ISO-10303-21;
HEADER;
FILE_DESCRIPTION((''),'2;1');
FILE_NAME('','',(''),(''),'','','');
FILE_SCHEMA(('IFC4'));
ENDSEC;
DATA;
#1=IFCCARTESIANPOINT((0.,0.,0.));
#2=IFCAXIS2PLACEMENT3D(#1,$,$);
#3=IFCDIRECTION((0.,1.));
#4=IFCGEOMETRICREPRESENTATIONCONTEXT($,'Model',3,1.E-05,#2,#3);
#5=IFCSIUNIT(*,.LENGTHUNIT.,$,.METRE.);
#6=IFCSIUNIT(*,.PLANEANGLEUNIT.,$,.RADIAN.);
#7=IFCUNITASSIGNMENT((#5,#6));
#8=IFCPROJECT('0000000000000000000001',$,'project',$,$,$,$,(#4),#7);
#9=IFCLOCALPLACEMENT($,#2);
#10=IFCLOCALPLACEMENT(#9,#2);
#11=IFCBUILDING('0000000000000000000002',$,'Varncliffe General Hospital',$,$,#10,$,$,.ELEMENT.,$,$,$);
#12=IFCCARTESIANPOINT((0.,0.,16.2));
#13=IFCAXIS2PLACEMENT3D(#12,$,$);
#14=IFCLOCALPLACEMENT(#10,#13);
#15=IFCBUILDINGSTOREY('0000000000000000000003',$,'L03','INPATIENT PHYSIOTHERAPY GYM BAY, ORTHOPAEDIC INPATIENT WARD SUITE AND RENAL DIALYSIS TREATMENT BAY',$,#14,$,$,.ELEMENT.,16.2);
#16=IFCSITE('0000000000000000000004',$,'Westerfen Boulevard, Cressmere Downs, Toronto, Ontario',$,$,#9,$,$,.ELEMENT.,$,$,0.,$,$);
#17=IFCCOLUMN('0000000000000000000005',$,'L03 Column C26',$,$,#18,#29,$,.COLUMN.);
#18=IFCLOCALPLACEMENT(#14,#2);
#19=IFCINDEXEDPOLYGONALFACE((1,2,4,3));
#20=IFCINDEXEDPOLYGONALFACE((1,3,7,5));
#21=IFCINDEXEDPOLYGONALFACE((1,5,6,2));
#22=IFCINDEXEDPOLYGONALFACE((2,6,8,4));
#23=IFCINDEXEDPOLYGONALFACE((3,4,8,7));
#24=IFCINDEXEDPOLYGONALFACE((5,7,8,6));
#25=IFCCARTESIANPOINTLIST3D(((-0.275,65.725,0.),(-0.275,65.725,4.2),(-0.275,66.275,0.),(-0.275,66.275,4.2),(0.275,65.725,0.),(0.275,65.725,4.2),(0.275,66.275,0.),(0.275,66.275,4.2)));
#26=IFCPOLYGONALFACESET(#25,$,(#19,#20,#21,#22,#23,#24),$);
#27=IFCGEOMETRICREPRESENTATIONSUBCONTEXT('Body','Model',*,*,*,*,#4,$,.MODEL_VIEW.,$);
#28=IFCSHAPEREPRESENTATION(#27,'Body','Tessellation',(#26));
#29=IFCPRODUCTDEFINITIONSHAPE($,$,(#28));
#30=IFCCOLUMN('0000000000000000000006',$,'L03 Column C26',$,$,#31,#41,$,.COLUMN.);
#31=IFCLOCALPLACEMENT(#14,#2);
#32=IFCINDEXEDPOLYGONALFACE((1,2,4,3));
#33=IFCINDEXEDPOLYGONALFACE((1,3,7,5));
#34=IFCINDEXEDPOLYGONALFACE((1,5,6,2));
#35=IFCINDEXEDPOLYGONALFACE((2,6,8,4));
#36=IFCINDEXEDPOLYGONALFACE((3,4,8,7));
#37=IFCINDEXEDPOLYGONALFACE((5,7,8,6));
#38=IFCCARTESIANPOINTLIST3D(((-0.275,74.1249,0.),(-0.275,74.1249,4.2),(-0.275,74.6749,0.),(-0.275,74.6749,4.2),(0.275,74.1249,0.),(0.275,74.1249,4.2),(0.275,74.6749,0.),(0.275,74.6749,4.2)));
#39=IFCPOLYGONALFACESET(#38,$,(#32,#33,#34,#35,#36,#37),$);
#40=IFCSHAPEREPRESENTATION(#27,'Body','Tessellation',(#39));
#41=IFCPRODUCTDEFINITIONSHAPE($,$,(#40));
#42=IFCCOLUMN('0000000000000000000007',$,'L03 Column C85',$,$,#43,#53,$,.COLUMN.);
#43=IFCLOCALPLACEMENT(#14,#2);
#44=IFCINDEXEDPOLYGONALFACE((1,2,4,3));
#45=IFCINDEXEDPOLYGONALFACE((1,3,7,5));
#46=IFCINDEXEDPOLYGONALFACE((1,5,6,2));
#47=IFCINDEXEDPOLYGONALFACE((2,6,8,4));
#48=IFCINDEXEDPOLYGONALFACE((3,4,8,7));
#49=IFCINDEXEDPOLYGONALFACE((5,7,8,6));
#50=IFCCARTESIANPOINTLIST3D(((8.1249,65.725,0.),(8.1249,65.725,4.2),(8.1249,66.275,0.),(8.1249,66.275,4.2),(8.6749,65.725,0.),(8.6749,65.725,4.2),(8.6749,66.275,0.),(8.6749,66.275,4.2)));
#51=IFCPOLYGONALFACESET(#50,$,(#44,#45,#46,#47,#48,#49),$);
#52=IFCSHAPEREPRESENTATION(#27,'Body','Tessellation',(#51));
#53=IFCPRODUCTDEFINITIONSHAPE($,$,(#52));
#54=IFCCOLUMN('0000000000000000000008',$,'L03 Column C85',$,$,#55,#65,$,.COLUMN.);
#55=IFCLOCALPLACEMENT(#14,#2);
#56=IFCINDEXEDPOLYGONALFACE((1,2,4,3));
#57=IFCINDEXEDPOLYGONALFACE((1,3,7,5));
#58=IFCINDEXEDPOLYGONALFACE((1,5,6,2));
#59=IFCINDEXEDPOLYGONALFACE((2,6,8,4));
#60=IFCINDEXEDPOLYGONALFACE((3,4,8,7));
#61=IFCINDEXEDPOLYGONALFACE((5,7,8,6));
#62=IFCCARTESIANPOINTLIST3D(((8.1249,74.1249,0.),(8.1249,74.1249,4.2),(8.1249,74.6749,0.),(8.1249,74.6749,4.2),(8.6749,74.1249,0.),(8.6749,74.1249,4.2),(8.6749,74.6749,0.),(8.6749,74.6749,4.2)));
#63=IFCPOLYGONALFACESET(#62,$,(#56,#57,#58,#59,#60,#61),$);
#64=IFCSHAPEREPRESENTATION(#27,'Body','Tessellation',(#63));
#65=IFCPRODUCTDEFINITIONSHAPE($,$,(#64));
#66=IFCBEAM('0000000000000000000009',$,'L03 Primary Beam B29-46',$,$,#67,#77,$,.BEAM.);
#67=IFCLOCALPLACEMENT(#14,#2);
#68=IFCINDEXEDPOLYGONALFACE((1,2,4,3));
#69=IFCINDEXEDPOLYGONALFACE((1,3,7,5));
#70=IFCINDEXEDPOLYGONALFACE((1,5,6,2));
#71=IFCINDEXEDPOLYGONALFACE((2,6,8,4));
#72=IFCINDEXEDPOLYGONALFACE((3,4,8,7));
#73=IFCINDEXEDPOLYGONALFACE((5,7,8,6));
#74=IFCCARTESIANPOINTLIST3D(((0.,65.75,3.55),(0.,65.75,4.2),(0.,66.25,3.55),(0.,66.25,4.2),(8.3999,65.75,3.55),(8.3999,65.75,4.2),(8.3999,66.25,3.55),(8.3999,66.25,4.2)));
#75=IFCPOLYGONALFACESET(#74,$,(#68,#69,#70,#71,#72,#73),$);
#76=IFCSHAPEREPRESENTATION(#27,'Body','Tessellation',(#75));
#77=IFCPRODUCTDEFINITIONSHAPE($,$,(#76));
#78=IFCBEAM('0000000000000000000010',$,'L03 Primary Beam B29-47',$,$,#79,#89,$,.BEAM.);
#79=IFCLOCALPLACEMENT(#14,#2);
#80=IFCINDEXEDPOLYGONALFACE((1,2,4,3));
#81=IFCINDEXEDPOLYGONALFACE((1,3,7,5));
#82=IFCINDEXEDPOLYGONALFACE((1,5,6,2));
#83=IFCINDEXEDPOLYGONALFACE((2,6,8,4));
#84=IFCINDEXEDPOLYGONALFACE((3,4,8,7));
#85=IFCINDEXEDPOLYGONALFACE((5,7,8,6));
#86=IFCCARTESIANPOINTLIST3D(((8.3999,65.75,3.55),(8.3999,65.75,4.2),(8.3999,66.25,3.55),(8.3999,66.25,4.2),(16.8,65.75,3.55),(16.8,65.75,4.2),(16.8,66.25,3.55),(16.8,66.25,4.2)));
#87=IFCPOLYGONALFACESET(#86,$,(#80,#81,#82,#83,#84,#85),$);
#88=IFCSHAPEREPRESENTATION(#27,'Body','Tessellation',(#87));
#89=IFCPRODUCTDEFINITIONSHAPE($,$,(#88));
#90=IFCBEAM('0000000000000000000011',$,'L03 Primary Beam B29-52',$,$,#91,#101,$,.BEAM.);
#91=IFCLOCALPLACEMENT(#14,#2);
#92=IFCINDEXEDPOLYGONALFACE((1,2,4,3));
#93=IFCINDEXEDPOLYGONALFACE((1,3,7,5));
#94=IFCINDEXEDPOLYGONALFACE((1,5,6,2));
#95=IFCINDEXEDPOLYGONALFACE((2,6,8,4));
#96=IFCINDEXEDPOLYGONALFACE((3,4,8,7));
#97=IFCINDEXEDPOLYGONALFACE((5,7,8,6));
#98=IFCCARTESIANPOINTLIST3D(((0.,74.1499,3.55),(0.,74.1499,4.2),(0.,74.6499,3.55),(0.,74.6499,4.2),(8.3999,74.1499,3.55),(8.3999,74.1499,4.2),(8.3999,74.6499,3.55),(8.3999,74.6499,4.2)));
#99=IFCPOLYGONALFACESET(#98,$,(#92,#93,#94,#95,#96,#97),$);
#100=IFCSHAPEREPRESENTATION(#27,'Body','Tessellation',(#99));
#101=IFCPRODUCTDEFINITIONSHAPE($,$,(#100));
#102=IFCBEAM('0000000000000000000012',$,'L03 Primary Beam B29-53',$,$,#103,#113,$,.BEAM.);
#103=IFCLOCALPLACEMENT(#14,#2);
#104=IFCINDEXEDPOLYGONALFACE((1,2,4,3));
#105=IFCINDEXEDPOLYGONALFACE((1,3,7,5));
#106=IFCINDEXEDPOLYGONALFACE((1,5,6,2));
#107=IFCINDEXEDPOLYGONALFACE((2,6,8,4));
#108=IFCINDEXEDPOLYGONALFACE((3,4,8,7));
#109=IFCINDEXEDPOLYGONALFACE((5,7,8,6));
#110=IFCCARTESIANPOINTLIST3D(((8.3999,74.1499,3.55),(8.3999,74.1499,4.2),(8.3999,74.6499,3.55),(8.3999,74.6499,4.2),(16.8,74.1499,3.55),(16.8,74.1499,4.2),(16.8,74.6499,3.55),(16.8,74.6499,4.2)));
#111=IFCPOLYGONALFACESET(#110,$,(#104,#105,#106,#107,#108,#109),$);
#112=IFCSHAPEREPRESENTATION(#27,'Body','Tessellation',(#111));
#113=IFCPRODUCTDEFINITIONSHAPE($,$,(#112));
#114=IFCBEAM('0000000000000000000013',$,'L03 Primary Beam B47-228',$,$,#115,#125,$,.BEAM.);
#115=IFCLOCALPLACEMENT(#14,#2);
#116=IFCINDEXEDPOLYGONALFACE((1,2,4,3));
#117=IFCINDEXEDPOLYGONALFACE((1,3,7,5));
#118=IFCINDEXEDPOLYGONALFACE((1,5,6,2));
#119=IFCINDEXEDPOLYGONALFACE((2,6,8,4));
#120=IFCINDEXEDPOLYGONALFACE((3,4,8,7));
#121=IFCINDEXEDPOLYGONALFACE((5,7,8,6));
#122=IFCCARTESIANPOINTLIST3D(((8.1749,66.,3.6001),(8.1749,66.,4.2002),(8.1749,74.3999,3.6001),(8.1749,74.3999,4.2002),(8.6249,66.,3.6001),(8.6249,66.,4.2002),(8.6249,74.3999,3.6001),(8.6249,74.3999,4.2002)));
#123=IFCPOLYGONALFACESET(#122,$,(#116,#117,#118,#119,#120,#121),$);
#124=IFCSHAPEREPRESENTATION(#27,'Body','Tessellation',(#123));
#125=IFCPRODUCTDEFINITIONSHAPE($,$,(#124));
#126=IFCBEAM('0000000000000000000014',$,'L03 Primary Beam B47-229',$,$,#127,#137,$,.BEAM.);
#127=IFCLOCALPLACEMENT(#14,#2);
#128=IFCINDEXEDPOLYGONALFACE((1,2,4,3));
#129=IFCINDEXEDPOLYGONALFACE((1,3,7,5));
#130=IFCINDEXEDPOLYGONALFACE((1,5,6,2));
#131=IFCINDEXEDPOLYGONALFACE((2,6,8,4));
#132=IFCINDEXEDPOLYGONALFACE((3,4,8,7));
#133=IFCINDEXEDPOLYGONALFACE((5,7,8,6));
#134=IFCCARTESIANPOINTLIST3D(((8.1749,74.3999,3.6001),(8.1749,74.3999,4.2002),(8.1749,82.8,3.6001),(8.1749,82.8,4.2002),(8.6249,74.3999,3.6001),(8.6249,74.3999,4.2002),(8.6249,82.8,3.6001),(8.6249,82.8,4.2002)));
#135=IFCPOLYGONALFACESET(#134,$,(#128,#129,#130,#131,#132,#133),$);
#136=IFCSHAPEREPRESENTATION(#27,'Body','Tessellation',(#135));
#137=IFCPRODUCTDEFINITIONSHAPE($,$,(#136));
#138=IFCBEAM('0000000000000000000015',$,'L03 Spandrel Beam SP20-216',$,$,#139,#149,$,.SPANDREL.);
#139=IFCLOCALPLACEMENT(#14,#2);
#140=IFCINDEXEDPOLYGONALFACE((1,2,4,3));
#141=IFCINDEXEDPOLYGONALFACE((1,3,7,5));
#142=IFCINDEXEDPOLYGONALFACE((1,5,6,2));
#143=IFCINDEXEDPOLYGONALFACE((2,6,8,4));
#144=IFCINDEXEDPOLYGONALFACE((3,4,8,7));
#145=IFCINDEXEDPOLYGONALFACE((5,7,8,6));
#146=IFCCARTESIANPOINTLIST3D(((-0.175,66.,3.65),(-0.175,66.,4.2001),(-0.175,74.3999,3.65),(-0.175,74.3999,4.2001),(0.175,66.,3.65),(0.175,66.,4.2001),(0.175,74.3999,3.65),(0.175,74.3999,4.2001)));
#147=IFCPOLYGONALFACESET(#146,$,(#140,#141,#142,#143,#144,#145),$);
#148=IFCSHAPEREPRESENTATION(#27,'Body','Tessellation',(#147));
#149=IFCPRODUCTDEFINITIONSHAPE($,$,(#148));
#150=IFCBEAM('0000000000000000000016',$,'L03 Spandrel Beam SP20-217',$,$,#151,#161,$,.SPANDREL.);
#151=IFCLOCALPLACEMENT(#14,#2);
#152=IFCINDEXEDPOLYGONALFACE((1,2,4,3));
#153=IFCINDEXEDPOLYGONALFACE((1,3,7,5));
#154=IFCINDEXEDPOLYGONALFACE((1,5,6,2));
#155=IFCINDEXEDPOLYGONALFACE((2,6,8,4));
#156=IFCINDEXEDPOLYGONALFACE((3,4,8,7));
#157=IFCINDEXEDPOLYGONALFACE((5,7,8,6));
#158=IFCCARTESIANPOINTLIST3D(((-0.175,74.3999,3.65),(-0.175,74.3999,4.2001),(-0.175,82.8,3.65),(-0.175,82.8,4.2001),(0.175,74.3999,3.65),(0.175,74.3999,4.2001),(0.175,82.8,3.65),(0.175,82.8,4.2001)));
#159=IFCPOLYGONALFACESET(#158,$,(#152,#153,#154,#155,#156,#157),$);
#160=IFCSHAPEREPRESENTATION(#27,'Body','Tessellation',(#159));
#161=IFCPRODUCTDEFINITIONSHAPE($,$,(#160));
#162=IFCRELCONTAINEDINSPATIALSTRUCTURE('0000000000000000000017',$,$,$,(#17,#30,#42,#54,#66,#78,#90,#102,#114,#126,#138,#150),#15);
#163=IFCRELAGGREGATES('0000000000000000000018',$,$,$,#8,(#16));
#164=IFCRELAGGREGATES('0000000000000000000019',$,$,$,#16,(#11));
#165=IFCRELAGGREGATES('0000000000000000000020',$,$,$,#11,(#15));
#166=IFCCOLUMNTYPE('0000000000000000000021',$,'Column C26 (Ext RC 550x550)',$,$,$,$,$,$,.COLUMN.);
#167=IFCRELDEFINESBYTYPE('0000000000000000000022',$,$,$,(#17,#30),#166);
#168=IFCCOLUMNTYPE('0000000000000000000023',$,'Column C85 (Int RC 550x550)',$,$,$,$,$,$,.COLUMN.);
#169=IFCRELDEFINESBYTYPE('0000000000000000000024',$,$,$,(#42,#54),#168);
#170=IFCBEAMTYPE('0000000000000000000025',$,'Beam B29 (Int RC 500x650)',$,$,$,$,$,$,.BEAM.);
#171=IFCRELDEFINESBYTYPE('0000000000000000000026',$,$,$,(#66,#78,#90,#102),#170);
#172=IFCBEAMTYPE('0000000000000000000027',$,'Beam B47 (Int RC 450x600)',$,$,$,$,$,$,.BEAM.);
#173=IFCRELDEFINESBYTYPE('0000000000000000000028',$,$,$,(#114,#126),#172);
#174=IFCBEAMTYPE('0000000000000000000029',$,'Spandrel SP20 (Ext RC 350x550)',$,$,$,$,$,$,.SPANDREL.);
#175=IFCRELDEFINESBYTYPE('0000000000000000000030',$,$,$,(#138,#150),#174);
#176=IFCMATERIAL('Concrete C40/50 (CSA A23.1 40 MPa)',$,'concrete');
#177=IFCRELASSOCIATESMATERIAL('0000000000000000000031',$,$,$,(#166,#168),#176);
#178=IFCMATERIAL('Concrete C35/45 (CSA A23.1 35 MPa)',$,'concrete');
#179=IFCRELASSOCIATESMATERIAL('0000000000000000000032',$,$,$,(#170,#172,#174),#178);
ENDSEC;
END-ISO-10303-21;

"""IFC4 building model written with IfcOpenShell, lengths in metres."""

from ifc_helpers import new_model, si_unit, direction, frame, origin, origin_2d, place, context, subcontext, project, spatial, rectangle, extrude, material, material_profile, profile_set, type_object, element, save


model = new_model("IFC4")

# Units and contexts
model_context = context("Model", 3, precision=1e-05, world=origin(), true_north=direction((0.0, 1.0)))
body_context = subcontext(model_context, "Body", "Model", "MODEL_VIEW")
ifc_project = project(units=[si_unit("LENGTHUNIT", "METRE"), si_unit("PLANEANGLEUNIT", "RADIAN")], contexts=[model_context])

# Site, building, storey
site_placement = place(None, origin())
site = spatial("IfcSite", under=ifc_project, at=site_placement, Name="Westerfen Boulevard, Cressmere Downs, Toronto, Ontario", CompositionType="ELEMENT", RefElevation=0.0)
building_placement = place(site_placement, origin())
building = spatial("IfcBuilding", under=site, at=building_placement, Name="Varncliffe General Hospital", CompositionType="ELEMENT")
storey_placement = place(building_placement, frame((0.0, 0.0, 16.2)))
storey = spatial("IfcBuildingStorey", under=building, at=storey_placement, Name="L03", Description="INPATIENT PHYSIOTHERAPY GYM BAY, ORTHOPAEDIC INPATIENT WARD SUITE AND RENAL DIALYSIS TREATMENT BAY", CompositionType="ELEMENT", Elevation=16.2)

# Columns
ifc_material_1 = material(Name="Concrete C40/50 (CSA A23.1 40 MPa)", Category="concrete")
ifc_material_profile_1 = material_profile(ifc_material_1, rectangle(XDim=0.55, YDim=0.55, at=origin_2d()), Name="RC 550x550")
ifc_profile_set_1 = profile_set([ifc_material_profile_1], Name="Concrete C40/50 (CSA A23.1 40 MPa)")
column_type_1 = type_object("IfcColumnType", Name="Column C26 (Ext RC 550x550)", PredefinedType="COLUMN", material=ifc_profile_set_1)
for number, where, z_axis, x_axis, name in (
    (1, (0.0, 66.0, 0.0), (0.0, 0.0, 1.0), (1.0, 0.0, 0.0), "L03 Column C26"),
    (2, (0.0, 74.3999, 0.0), (0.0, 0.0, 1.0), (1.0, 0.0, 0.0), "L03 Column C26"),
):
    element("IfcColumn", number, at=place(storey_placement, frame(where, z_axis=z_axis, x_axis=x_axis)), inside=storey, type_object=column_type_1, Name=name, PredefinedType="COLUMN", context=body_context, shape_type="SweptSolid", body=[
        extrude(rectangle(XDim=0.55, YDim=0.55, at=origin_2d()), origin(), (0.0, 0.0, 1.0), 4.2),
    ])
ifc_material_profile_2 = material_profile(ifc_material_1, rectangle(XDim=0.55, YDim=0.55, at=origin_2d()), Name="RC 550x550")
ifc_profile_set_2 = profile_set([ifc_material_profile_2], Name="Concrete C40/50 (CSA A23.1 40 MPa)")
column_type_2 = type_object("IfcColumnType", Name="Column C85 (Int RC 550x550)", PredefinedType="COLUMN", material=ifc_profile_set_2)
for number, where, z_axis, x_axis, name in (
    (3, (8.3999, 66.0, 0.0), (0.0, 0.0, 1.0), (1.0, 0.0, 0.0), "L03 Column C85"),
    (4, (8.3999, 74.3999, 0.0), (0.0, 0.0, 1.0), (1.0, 0.0, 0.0), "L03 Column C85"),
):
    element("IfcColumn", number, at=place(storey_placement, frame(where, z_axis=z_axis, x_axis=x_axis)), inside=storey, type_object=column_type_2, Name=name, PredefinedType="COLUMN", context=body_context, shape_type="SweptSolid", body=[
        extrude(rectangle(XDim=0.55, YDim=0.55, at=origin_2d()), origin(), (0.0, 0.0, 1.0), 4.2),
    ])

# Beams
ifc_material_2 = material(Name="Concrete C35/45 (CSA A23.1 35 MPa)", Category="concrete")
ifc_material_profile_3 = material_profile(ifc_material_2, rectangle(XDim=0.5, YDim=0.6499, at=origin_2d()), Name="RC 500x650")
ifc_profile_set_3 = profile_set([ifc_material_profile_3], Name="Concrete C35/45 (CSA A23.1 35 MPa)")
beam_type_1 = type_object("IfcBeamType", Name="Beam B29 (Int RC 500x650)", PredefinedType="BEAM", material=ifc_profile_set_3)
beam_1_placement = place(storey_placement, frame((0.0, 66.0, 3.875), z_axis=(1.0, 0.0, 0.0), x_axis=(0.0, 1.0, 0.0)))
element("IfcBeam", 5, at=beam_1_placement, inside=storey, type_object=beam_type_1, Name="L03 Primary Beam B29-46", PredefinedType="BEAM", context=body_context, shape_type="SweptSolid", body=[
    extrude(rectangle(XDim=0.5, YDim=0.6499, at=origin_2d()), origin(), (0.0, 0.0, 1.0), 8.3999),
])
beam_2_placement = place(storey_placement, frame((8.3999, 66.0, 3.875), z_axis=(1.0, 0.0, 0.0), x_axis=(0.0, 1.0, 0.0)))
element("IfcBeam", 6, at=beam_2_placement, inside=storey, type_object=beam_type_1, Name="L03 Primary Beam B29-47", PredefinedType="BEAM", context=body_context, shape_type="SweptSolid", body=[
    extrude(rectangle(XDim=0.5, YDim=0.6499, at=origin_2d()), origin(), (0.0, 0.0, 1.0), 8.4001),
])
beam_3_placement = place(storey_placement, frame((0.0, 74.3999, 3.875), z_axis=(1.0, 0.0, 0.0), x_axis=(0.0, 1.0, 0.0)))
element("IfcBeam", 7, at=beam_3_placement, inside=storey, type_object=beam_type_1, Name="L03 Primary Beam B29-52", PredefinedType="BEAM", context=body_context, shape_type="SweptSolid", body=[
    extrude(rectangle(XDim=0.5, YDim=0.6499, at=origin_2d()), origin(), (0.0, 0.0, 1.0), 8.3999),
])
beam_4_placement = place(storey_placement, frame((8.3999, 74.3999, 3.875), z_axis=(1.0, 0.0, 0.0), x_axis=(0.0, 1.0, 0.0)))
element("IfcBeam", 8, at=beam_4_placement, inside=storey, type_object=beam_type_1, Name="L03 Primary Beam B29-53", PredefinedType="BEAM", context=body_context, shape_type="SweptSolid", body=[
    extrude(rectangle(XDim=0.5, YDim=0.6499, at=origin_2d()), origin(), (0.0, 0.0, 1.0), 8.4001),
])
ifc_material_profile_4 = material_profile(ifc_material_2, rectangle(XDim=0.45, YDim=0.6001, at=origin_2d()), Name="RC 450x600")
ifc_profile_set_4 = profile_set([ifc_material_profile_4], Name="Concrete C35/45 (CSA A23.1 35 MPa)")
beam_type_2 = type_object("IfcBeamType", Name="Beam B47 (Int RC 450x600)", PredefinedType="BEAM", material=ifc_profile_set_4)
beam_5_placement = place(storey_placement, frame((8.3999, 66.0, 3.9001), z_axis=(0.0, 1.0, 0.0), x_axis=(-1.0, 0.0, 0.0)))
element("IfcBeam", 9, at=beam_5_placement, inside=storey, type_object=beam_type_2, Name="L03 Primary Beam B47-228", PredefinedType="BEAM", context=body_context, shape_type="SweptSolid", body=[
    extrude(rectangle(XDim=0.45, YDim=0.6001, at=origin_2d()), origin(), (0.0, 0.0, 1.0), 8.3999),
])
beam_6_placement = place(storey_placement, frame((8.3999, 74.3999, 3.9001), z_axis=(0.0, 1.0, 0.0), x_axis=(-1.0, 0.0, 0.0)))
element("IfcBeam", 10, at=beam_6_placement, inside=storey, type_object=beam_type_2, Name="L03 Primary Beam B47-229", PredefinedType="BEAM", context=body_context, shape_type="SweptSolid", body=[
    extrude(rectangle(XDim=0.45, YDim=0.6001, at=origin_2d()), origin(), (0.0, 0.0, 1.0), 8.4001),
])
ifc_material_profile_5 = material_profile(ifc_material_2, rectangle(XDim=0.3501, YDim=0.55, at=origin_2d()), Name="RC 350x550")
ifc_profile_set_5 = profile_set([ifc_material_profile_5], Name="Concrete C35/45 (CSA A23.1 35 MPa)")
beam_type_3 = type_object("IfcBeamType", Name="Spandrel SP20 (Ext RC 350x550)", PredefinedType="SPANDREL", material=ifc_profile_set_5)
beam_7_placement = place(storey_placement, frame((0.0, 66.0, 3.925), z_axis=(0.0, 1.0, 0.0), x_axis=(-1.0, 0.0, 0.0)))
element("IfcBeam", 11, at=beam_7_placement, inside=storey, type_object=beam_type_3, Name="L03 Spandrel Beam SP20-216", PredefinedType="SPANDREL", context=body_context, shape_type="SweptSolid", body=[
    extrude(rectangle(XDim=0.3501, YDim=0.55, at=origin_2d()), origin(), (0.0, 0.0, 1.0), 8.3999),
])
beam_8_placement = place(storey_placement, frame((0.0, 74.3999, 3.925), z_axis=(0.0, 1.0, 0.0), x_axis=(-1.0, 0.0, 0.0)))
element("IfcBeam", 12, at=beam_8_placement, inside=storey, type_object=beam_type_3, Name="L03 Spandrel Beam SP20-217", PredefinedType="SPANDREL", context=body_context, shape_type="SweptSolid", body=[
    extrude(rectangle(XDim=0.3501, YDim=0.55, at=origin_2d()), origin(), (0.0, 0.0, 1.0), 8.4001),
])

save(model, "model.ifc")
